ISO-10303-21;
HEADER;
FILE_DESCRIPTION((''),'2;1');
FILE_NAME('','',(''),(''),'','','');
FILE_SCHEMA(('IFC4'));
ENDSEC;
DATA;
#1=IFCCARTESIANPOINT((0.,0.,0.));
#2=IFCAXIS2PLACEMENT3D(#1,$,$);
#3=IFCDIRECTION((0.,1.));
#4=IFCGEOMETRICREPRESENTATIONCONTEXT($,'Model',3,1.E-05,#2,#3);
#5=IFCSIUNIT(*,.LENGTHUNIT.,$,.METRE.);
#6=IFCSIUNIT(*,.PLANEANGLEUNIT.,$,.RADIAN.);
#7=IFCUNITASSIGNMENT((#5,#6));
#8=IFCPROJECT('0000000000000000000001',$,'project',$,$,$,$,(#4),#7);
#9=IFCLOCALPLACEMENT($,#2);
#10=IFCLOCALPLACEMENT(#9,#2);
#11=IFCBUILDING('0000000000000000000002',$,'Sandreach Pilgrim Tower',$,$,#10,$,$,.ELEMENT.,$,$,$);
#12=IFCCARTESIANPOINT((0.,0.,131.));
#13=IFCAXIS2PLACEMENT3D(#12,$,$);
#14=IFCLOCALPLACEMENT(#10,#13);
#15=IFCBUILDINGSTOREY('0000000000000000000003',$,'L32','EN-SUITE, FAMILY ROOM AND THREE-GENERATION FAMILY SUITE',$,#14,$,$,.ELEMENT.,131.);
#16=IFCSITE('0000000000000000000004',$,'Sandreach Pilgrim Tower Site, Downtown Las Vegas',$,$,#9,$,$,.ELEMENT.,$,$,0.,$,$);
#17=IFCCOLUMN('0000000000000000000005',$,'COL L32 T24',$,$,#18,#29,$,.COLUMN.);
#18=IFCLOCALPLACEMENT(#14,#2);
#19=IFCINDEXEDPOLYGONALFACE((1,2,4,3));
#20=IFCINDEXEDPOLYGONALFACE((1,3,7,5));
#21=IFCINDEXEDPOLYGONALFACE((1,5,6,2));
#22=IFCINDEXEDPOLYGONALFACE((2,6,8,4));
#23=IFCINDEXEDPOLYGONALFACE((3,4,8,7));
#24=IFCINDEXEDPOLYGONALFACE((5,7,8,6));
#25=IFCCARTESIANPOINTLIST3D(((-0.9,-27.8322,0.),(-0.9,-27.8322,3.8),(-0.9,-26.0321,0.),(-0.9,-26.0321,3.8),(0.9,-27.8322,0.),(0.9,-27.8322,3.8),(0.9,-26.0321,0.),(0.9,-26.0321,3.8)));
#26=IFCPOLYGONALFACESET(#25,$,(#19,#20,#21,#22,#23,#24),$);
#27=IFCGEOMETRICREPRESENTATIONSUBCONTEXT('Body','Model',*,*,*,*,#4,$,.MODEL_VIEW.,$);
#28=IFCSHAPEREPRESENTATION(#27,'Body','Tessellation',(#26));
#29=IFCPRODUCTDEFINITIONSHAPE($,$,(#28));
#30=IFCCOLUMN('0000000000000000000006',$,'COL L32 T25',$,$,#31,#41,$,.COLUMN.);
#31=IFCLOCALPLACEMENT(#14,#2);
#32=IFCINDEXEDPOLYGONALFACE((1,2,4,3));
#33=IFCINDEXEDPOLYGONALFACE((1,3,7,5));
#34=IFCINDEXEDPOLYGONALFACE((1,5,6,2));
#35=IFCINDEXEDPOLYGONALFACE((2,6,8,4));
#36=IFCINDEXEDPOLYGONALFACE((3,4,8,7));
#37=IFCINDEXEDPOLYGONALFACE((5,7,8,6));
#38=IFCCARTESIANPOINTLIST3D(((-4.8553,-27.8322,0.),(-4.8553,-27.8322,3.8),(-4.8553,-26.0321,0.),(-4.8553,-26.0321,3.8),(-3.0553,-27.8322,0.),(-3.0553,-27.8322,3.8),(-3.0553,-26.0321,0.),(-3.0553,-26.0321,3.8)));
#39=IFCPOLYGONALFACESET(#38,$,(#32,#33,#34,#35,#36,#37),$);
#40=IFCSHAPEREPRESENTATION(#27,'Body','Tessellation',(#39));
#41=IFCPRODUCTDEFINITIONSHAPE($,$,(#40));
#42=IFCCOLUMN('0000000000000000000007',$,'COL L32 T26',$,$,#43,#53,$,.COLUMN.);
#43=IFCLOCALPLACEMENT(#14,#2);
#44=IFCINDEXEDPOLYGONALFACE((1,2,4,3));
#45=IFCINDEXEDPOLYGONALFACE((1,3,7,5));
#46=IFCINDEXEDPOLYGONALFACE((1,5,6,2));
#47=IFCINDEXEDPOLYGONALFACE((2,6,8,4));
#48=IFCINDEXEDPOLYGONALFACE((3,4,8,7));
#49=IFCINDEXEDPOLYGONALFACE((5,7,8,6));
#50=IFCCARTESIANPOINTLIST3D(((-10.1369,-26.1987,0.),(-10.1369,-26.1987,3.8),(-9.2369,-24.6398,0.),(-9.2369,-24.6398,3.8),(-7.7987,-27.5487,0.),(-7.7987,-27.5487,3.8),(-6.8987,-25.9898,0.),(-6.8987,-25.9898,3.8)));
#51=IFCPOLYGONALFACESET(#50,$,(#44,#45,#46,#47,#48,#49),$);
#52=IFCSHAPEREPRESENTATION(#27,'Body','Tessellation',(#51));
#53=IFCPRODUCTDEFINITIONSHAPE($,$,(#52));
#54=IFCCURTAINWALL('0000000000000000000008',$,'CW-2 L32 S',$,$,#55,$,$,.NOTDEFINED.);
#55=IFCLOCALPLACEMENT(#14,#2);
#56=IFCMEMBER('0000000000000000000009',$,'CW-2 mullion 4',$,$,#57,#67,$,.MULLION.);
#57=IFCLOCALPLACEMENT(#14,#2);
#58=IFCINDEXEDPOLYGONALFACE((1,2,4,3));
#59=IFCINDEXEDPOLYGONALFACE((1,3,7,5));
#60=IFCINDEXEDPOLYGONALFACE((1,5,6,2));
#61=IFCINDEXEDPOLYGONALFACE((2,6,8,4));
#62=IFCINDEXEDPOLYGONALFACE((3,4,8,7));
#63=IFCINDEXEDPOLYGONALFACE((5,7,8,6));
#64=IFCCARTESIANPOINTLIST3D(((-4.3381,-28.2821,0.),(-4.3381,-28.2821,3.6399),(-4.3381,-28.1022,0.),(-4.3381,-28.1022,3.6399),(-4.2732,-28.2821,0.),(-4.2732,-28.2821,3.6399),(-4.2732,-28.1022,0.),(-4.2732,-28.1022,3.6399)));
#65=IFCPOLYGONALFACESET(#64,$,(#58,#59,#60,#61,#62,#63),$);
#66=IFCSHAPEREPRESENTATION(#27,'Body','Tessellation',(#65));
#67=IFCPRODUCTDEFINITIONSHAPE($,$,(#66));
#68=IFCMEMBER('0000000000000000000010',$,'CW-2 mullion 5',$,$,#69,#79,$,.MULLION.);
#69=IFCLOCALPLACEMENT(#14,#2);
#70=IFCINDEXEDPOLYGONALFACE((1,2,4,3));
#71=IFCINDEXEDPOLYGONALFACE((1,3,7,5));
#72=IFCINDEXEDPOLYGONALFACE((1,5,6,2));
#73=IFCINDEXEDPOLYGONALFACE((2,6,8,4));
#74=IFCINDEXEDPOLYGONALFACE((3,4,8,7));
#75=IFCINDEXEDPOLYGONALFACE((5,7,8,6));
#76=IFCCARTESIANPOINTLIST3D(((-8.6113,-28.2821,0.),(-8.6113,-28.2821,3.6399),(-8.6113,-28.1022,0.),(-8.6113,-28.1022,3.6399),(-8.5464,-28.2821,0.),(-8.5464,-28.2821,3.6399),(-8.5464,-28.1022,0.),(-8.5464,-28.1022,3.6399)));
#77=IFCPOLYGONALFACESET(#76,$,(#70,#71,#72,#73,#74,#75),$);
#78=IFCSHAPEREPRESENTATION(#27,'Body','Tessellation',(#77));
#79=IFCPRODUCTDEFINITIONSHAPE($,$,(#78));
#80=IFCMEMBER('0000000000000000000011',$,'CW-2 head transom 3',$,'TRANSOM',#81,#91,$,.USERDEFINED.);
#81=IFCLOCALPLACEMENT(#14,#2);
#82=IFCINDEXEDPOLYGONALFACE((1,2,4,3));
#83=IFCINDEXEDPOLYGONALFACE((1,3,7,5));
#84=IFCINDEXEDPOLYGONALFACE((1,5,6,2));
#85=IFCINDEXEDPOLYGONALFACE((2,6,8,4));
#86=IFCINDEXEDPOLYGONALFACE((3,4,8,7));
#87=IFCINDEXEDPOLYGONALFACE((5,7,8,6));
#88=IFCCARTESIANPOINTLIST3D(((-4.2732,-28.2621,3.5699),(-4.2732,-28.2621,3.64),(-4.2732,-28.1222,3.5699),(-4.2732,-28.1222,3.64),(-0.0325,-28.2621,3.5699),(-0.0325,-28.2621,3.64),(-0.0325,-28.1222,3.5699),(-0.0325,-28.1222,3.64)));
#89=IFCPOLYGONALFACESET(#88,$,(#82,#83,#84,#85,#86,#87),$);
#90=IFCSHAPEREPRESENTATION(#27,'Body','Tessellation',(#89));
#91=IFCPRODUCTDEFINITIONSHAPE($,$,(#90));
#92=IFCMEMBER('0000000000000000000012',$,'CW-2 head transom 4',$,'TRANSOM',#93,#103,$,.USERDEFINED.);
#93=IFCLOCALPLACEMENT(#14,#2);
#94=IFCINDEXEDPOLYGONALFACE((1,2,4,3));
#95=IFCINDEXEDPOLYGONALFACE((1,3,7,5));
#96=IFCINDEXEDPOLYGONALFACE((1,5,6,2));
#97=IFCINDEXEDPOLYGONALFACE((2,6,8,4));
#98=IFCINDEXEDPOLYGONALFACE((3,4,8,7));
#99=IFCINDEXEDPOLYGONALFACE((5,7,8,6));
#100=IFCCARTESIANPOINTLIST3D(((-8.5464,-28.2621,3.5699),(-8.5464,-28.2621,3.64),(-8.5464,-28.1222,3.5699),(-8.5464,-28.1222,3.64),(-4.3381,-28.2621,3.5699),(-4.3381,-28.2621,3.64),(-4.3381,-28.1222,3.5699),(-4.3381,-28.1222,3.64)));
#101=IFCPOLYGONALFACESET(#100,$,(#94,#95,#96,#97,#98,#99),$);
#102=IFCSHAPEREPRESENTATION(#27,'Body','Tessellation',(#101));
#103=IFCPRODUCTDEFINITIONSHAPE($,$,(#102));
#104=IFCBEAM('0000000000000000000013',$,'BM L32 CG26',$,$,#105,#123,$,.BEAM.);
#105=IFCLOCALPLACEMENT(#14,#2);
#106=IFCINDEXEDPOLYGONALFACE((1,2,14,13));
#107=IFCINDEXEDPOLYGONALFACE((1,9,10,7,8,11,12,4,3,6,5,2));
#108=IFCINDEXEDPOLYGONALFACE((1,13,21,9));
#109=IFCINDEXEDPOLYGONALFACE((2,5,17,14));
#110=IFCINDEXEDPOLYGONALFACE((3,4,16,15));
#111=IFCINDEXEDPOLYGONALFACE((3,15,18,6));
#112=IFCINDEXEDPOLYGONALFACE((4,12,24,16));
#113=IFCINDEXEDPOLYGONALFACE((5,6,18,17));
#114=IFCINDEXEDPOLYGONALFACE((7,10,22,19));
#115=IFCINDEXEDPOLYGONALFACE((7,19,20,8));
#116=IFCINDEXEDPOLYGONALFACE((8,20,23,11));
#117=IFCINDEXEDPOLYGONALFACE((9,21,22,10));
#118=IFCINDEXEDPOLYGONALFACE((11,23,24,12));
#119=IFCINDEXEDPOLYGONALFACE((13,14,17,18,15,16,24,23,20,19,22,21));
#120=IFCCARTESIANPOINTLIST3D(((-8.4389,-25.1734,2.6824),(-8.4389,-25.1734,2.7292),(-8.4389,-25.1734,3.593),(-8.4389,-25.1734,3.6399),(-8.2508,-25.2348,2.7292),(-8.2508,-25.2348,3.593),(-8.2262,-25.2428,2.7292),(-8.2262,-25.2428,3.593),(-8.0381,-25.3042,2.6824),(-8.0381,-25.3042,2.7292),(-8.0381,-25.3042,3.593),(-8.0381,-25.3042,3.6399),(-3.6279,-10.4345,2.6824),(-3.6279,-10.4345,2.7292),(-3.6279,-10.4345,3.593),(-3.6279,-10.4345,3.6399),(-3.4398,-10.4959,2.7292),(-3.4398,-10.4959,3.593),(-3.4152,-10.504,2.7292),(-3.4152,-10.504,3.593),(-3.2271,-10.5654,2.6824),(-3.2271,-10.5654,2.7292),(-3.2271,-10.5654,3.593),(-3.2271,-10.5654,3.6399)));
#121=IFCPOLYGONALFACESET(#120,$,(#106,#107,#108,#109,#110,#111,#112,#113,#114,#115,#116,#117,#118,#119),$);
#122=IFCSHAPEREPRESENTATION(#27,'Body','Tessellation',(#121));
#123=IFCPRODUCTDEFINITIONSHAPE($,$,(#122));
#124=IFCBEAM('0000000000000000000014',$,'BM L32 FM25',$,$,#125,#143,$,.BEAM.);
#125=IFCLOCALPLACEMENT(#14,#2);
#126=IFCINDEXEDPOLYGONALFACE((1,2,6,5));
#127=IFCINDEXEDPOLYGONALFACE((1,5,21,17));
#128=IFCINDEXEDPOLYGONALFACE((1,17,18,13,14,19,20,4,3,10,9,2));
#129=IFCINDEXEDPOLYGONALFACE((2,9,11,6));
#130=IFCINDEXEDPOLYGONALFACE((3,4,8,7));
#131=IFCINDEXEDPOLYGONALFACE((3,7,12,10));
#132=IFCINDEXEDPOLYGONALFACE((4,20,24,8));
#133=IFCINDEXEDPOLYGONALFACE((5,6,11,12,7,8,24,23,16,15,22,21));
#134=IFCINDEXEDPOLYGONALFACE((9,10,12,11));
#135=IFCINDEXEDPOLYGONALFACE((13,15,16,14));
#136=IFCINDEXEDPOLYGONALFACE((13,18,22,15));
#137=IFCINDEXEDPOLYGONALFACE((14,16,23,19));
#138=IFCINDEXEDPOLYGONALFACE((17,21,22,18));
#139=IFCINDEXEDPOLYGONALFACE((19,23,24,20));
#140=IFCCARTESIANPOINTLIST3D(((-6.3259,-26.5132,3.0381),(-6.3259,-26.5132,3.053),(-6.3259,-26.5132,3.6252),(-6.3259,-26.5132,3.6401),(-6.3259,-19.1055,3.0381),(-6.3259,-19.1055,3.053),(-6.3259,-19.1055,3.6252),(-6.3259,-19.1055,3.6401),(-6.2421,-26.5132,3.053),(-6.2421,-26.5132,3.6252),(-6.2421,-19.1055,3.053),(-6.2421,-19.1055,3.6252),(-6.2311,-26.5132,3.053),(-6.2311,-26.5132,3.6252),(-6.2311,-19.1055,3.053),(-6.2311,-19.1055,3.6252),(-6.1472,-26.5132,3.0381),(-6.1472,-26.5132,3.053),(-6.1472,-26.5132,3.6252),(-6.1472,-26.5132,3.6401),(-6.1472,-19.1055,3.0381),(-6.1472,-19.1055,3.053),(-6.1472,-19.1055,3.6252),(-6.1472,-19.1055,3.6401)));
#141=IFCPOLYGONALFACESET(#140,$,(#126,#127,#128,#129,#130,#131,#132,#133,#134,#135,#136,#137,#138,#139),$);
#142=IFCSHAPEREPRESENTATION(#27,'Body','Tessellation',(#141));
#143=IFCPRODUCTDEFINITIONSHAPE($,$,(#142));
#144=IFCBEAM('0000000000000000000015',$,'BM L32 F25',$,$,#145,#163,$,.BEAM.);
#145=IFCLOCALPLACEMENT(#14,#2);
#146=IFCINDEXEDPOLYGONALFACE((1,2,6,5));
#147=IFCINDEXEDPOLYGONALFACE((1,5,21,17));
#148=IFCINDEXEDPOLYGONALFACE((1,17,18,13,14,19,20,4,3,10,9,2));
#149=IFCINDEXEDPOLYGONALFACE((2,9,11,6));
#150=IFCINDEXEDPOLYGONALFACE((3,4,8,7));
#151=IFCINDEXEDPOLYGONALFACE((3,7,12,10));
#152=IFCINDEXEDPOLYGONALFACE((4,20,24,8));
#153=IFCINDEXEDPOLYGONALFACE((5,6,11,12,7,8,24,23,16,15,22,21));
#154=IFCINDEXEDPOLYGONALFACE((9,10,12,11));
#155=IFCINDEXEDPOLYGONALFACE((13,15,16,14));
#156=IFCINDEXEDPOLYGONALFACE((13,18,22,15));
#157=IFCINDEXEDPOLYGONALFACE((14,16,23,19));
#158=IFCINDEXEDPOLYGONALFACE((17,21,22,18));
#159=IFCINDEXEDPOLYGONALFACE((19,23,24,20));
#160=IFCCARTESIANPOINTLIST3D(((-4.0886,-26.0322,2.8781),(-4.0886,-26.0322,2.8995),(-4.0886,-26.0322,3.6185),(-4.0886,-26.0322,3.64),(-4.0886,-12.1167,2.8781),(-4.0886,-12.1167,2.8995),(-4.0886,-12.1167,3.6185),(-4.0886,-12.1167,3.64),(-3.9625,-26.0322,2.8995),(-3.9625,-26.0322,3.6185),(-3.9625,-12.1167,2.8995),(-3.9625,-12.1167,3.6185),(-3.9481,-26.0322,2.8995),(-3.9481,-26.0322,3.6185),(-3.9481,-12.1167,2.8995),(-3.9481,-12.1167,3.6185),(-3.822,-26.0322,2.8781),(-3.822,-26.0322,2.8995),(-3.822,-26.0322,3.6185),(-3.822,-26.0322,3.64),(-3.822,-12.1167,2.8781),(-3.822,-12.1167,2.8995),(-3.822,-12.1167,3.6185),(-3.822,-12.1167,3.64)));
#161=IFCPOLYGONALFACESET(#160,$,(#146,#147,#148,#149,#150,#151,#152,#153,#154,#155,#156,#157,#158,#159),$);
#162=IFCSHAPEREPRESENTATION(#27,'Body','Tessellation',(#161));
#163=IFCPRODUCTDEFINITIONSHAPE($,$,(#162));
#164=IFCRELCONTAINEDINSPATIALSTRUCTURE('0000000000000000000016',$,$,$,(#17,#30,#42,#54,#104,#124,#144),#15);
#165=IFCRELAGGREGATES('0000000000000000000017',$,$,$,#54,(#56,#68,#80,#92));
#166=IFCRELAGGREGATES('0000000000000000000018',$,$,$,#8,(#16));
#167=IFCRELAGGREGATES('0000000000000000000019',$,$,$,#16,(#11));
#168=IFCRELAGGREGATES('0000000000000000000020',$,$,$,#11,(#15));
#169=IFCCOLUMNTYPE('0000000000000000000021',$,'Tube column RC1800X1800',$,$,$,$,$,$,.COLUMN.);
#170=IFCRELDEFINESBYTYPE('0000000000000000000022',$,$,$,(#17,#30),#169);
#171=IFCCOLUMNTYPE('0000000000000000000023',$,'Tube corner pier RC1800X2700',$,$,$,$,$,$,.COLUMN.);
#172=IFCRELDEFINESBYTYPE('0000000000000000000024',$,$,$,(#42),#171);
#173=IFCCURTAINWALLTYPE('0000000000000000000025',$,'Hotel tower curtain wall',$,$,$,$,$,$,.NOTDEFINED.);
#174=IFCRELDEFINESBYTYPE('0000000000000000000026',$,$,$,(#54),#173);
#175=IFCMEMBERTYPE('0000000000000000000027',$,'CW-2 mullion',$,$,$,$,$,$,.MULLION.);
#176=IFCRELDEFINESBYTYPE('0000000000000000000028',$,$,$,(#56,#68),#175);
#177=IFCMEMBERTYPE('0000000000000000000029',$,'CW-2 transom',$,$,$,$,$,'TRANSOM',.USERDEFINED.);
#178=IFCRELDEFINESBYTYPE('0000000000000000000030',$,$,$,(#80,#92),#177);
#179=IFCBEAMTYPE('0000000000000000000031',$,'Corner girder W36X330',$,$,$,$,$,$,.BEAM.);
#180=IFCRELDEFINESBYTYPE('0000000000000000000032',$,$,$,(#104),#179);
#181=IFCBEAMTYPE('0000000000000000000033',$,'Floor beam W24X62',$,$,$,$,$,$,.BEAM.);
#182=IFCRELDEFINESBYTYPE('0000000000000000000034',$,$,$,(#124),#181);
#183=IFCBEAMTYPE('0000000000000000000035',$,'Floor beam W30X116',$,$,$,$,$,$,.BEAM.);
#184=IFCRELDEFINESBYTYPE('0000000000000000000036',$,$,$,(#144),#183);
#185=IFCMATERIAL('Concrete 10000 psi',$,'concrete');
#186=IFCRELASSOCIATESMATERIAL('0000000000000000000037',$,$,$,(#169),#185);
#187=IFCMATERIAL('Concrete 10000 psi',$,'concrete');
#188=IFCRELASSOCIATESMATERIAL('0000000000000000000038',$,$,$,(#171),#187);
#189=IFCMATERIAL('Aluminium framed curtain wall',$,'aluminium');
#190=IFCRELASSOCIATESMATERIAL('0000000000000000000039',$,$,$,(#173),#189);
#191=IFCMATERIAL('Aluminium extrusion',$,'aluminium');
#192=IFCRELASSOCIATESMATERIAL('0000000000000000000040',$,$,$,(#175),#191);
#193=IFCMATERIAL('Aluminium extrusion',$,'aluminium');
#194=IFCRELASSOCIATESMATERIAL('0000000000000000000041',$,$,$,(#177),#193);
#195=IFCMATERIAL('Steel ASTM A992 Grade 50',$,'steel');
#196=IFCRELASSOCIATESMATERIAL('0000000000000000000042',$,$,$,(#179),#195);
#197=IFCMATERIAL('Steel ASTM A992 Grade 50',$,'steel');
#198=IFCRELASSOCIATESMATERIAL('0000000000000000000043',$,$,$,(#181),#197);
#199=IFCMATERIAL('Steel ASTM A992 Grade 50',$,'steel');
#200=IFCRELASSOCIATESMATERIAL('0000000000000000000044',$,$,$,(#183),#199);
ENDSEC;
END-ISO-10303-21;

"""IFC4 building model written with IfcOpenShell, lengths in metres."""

from ifc_helpers import new_model, si_unit, direction, frame, origin, origin_2d, place, context, subcontext, project, spatial, rectangle, i_section, extrude, material, material_profile, profile_set, type_object, element, aggregate, save


model = new_model("IFC4")

# Units and contexts
model_context = context("Model", 3, precision=1e-05, world=origin(), true_north=direction((0.0, 1.0)))
body_context = subcontext(model_context, "Body", "Model", "MODEL_VIEW")
ifc_project = project(units=[si_unit("LENGTHUNIT", "METRE"), si_unit("PLANEANGLEUNIT", "RADIAN")], contexts=[model_context])

# Site, building, storey
site_placement = place(None, origin())
site = spatial("IfcSite", under=ifc_project, at=site_placement, Name="Sandreach Pilgrim Tower Site, Downtown Las Vegas", CompositionType="ELEMENT", RefElevation=0.0)
building_placement = place(site_placement, origin())
building = spatial("IfcBuilding", under=site, at=building_placement, Name="Sandreach Pilgrim Tower", CompositionType="ELEMENT")
storey_placement = place(building_placement, frame((0.0, 0.0, 131.0)))
storey = spatial("IfcBuildingStorey", under=building, at=storey_placement, Name="L32", Description="EN-SUITE, FAMILY ROOM AND THREE-GENERATION FAMILY SUITE", CompositionType="ELEMENT", Elevation=131.0)

# Columns
ifc_material_1 = material(Name="Concrete 10000 psi", Category="concrete")
ifc_material_profile_1 = material_profile(ifc_material_1, rectangle(XDim=1.8, YDim=1.8, at=origin_2d()), Name="RC1800X1800")
ifc_profile_set_1 = profile_set([ifc_material_profile_1], Name="Concrete 10000 psi")
column_type_1 = type_object("IfcColumnType", Name="Tube column RC1800X1800", PredefinedType="COLUMN", material=ifc_profile_set_1)
for number, where, z_axis, x_axis, name in (
    (1, (0.0, -26.9321, 0.0), (0.0, 0.0, 1.0), (0.0, -1.0, 0.0), "COL L32 T24"),
    (2, (-3.9553, -26.9321, 0.0), (0.0, 0.0, 1.0), (0.0, -1.0, 0.0), "COL L32 T25"),
):
    element("IfcColumn", number, at=place(storey_placement, frame(where, z_axis=z_axis, x_axis=x_axis)), inside=storey, type_object=column_type_1, Name=name, PredefinedType="COLUMN", context=body_context, shape_type="SweptSolid", body=[
        extrude(rectangle(XDim=1.8, YDim=1.8, at=origin_2d()), origin(), (0.0, 0.0, 1.0), 3.8),
    ])
ifc_material_2 = material(Name="Concrete 10000 psi", Category="concrete")
ifc_material_profile_2 = material_profile(ifc_material_2, rectangle(XDim=1.8, YDim=2.7, at=origin_2d()), Name="RC1800X2700")
ifc_profile_set_2 = profile_set([ifc_material_profile_2], Name="Concrete 10000 psi")
column_type_2 = type_object("IfcColumnType", Name="Tube corner pier RC1800X2700", PredefinedType="COLUMN", material=ifc_profile_set_2)
column_placement = place(storey_placement, frame((-8.5178, -26.0942, 0.0), z_axis=(0.0, 0.0, 1.0), x_axis=(-0.5, -0.866025, 0.0)))
element("IfcColumn", 3, at=column_placement, inside=storey, type_object=column_type_2, Name="COL L32 T26", PredefinedType="COLUMN", context=body_context, shape_type="SweptSolid", body=[
    extrude(rectangle(XDim=1.8, YDim=2.7, at=origin_2d()), origin(), (0.0, 0.0, 1.0), 3.8),
])

# Curtain wall, members
ifc_material_3 = material(Name="Aluminium framed curtain wall", Category="aluminium")
curtain_wall_type = type_object("IfcCurtainWallType", Name="Hotel tower curtain wall", PredefinedType="NOTDEFINED", material=ifc_material_3)
curtain_wall_placement = place(storey_placement, origin())
curtain_wall = element("IfcCurtainWall", 4, at=curtain_wall_placement, inside=storey, type_object=curtain_wall_type, Name="CW-2 L32 S", PredefinedType="NOTDEFINED")
ifc_material_4 = material(Name="Aluminium extrusion", Category="aluminium")
ifc_material_profile_3 = material_profile(ifc_material_4, rectangle(XDim=0.0649, YDim=0.1799, at=origin_2d()), Name="CW-2M 65X180")
ifc_profile_set_3 = profile_set([ifc_material_profile_3], Name="Aluminium extrusion")
member_type_1 = type_object("IfcMemberType", Name="CW-2 mullion", PredefinedType="MULLION", material=ifc_profile_set_3)
member_1_placement = place(storey_placement, frame((-4.3057, -28.1921, 0.0), z_axis=(0.0, 0.0, 1.0), x_axis=(-1.0, 0.0, 0.0)))
member_1 = element("IfcMember", 5, at=member_1_placement, type_object=member_type_1, Name="CW-2 mullion 4", PredefinedType="MULLION", context=body_context, shape_type="SweptSolid", body=[
    extrude(rectangle(XDim=0.0649, YDim=0.1799, at=origin_2d()), origin(), (0.0, 0.0, 1.0), 3.6399),
])
member_2_placement = place(storey_placement, frame((-8.5789, -28.1921, 0.0), z_axis=(0.0, 0.0, 1.0), x_axis=(-1.0, 0.0, 0.0)))
member_2 = element("IfcMember", 6, at=member_2_placement, type_object=member_type_1, Name="CW-2 mullion 5", PredefinedType="MULLION", context=body_context, shape_type="SweptSolid", body=[
    extrude(rectangle(XDim=0.0649, YDim=0.1799, at=origin_2d()), origin(), (0.0, 0.0, 1.0), 3.6399),
])
ifc_material_5 = material(Name="Aluminium extrusion", Category="aluminium")
ifc_material_profile_4 = material_profile(ifc_material_5, rectangle(XDim=0.1399, YDim=0.0701, at=origin_2d()), Name="CW-2T 140X70")
ifc_profile_set_4 = profile_set([ifc_material_profile_4], Name="Aluminium extrusion")
member_type_2 = type_object("IfcMemberType", Name="CW-2 transom", ElementType="TRANSOM", PredefinedType="USERDEFINED", material=ifc_profile_set_4)
member_3_placement = place(storey_placement, frame((-0.0325, -28.1921, 3.605), z_axis=(-1.0, 0.0, 0.0), x_axis=(0.0, -1.0, 0.0)))
member_3 = element("IfcMember", 7, at=member_3_placement, type_object=member_type_2, Name="CW-2 head transom 3", ObjectType="TRANSOM", PredefinedType="USERDEFINED", context=body_context, shape_type="SweptSolid", body=[
    extrude(rectangle(XDim=0.1399, YDim=0.0701, at=origin_2d()), origin(), (0.0, 0.0, 1.0), 4.2407),
])
member_4_placement = place(storey_placement, frame((-4.3381, -28.1921, 3.605), z_axis=(-1.0, 0.0, 0.0), x_axis=(0.0, -1.0, 0.0)))
member_4 = element("IfcMember", 8, at=member_4_placement, type_object=member_type_2, Name="CW-2 head transom 4", ObjectType="TRANSOM", PredefinedType="USERDEFINED", context=body_context, shape_type="SweptSolid", body=[
    extrude(rectangle(XDim=0.1399, YDim=0.0701, at=origin_2d()), origin(), (0.0, 0.0, 1.0), 4.2083),
])

# Beams
ifc_material_6 = material(Name="Steel ASTM A992 Grade 50", Category="steel")
ifc_material_profile_5 = material_profile(ifc_material_6, i_section(OverallWidth=0.4216, OverallDepth=0.9575, WebThickness=0.0259, FlangeThickness=0.0469, at=origin_2d()), Name="W36X330")
ifc_profile_set_5 = profile_set([ifc_material_profile_5], Name="Steel ASTM A992 Grade 50")
beam_type_1 = type_object("IfcBeamType", Name="Corner girder W36X330", PredefinedType="BEAM", material=ifc_profile_set_5)
beam_1_placement = place(storey_placement, frame((-8.2385, -25.2388, 3.1611), z_axis=(0.310307, 0.950636, 0.0), x_axis=(-0.950636, 0.310307, 0.0)))
element("IfcBeam", 9, at=beam_1_placement, inside=storey, type_object=beam_type_1, Name="BM L32 CG26", PredefinedType="BEAM", context=body_context, shape_type="SweptSolid", body=[
    extrude(i_section(OverallWidth=0.4216, OverallDepth=0.9575, WebThickness=0.0259, FlangeThickness=0.0469, at=origin_2d()), origin(), (0.0, 0.0, 1.0), 15.5042),
])
ifc_material_7 = material(Name="Steel ASTM A992 Grade 50", Category="steel")
ifc_material_profile_6 = material_profile(ifc_material_7, i_section(OverallWidth=0.1787, OverallDepth=0.6021, WebThickness=0.011, FlangeThickness=0.0149, at=origin_2d()), Name="W24X62")
ifc_profile_set_6 = profile_set([ifc_material_profile_6], Name="Steel ASTM A992 Grade 50")
beam_type_2 = type_object("IfcBeamType", Name="Floor beam W24X62", PredefinedType="BEAM", material=ifc_profile_set_6)
beam_2_placement = place(storey_placement, frame((-6.2366, -26.5132, 3.3391), z_axis=(0.0, 1.0, 0.0), x_axis=(-1.0, 0.0, 0.0)))
element("IfcBeam", 10, at=beam_2_placement, inside=storey, type_object=beam_type_2, Name="BM L32 FM25", PredefinedType="BEAM", context=body_context, shape_type="SweptSolid", body=[
    extrude(i_section(OverallWidth=0.1787, OverallDepth=0.6021, WebThickness=0.011, FlangeThickness=0.0149, at=origin_2d()), origin(), (0.0, 0.0, 1.0), 7.4077),
])
ifc_material_8 = material(Name="Steel ASTM A992 Grade 50", Category="steel")
ifc_material_profile_7 = material_profile(ifc_material_8, i_section(OverallWidth=0.2666, OverallDepth=0.762, WebThickness=0.0144, FlangeThickness=0.0215, at=origin_2d()), Name="W30X116")
ifc_profile_set_7 = profile_set([ifc_material_profile_7], Name="Steel ASTM A992 Grade 50")
beam_type_3 = type_object("IfcBeamType", Name="Floor beam W30X116", PredefinedType="BEAM", material=ifc_profile_set_7)
beam_3_placement = place(storey_placement, frame((-3.9553, -26.0322, 3.259), z_axis=(0.0, 1.0, 0.0), x_axis=(-1.0, 0.0, 0.0)))
element("IfcBeam", 11, at=beam_3_placement, inside=storey, type_object=beam_type_3, Name="BM L32 F25", PredefinedType="BEAM", context=body_context, shape_type="SweptSolid", body=[
    extrude(i_section(OverallWidth=0.2666, OverallDepth=0.762, WebThickness=0.0144, FlangeThickness=0.0215, at=origin_2d()), origin(), (0.0, 0.0, 1.0), 13.9155),
])

aggregate(curtain_wall, [member_1, member_2, member_3, member_4])

save(model, "model.ifc")
